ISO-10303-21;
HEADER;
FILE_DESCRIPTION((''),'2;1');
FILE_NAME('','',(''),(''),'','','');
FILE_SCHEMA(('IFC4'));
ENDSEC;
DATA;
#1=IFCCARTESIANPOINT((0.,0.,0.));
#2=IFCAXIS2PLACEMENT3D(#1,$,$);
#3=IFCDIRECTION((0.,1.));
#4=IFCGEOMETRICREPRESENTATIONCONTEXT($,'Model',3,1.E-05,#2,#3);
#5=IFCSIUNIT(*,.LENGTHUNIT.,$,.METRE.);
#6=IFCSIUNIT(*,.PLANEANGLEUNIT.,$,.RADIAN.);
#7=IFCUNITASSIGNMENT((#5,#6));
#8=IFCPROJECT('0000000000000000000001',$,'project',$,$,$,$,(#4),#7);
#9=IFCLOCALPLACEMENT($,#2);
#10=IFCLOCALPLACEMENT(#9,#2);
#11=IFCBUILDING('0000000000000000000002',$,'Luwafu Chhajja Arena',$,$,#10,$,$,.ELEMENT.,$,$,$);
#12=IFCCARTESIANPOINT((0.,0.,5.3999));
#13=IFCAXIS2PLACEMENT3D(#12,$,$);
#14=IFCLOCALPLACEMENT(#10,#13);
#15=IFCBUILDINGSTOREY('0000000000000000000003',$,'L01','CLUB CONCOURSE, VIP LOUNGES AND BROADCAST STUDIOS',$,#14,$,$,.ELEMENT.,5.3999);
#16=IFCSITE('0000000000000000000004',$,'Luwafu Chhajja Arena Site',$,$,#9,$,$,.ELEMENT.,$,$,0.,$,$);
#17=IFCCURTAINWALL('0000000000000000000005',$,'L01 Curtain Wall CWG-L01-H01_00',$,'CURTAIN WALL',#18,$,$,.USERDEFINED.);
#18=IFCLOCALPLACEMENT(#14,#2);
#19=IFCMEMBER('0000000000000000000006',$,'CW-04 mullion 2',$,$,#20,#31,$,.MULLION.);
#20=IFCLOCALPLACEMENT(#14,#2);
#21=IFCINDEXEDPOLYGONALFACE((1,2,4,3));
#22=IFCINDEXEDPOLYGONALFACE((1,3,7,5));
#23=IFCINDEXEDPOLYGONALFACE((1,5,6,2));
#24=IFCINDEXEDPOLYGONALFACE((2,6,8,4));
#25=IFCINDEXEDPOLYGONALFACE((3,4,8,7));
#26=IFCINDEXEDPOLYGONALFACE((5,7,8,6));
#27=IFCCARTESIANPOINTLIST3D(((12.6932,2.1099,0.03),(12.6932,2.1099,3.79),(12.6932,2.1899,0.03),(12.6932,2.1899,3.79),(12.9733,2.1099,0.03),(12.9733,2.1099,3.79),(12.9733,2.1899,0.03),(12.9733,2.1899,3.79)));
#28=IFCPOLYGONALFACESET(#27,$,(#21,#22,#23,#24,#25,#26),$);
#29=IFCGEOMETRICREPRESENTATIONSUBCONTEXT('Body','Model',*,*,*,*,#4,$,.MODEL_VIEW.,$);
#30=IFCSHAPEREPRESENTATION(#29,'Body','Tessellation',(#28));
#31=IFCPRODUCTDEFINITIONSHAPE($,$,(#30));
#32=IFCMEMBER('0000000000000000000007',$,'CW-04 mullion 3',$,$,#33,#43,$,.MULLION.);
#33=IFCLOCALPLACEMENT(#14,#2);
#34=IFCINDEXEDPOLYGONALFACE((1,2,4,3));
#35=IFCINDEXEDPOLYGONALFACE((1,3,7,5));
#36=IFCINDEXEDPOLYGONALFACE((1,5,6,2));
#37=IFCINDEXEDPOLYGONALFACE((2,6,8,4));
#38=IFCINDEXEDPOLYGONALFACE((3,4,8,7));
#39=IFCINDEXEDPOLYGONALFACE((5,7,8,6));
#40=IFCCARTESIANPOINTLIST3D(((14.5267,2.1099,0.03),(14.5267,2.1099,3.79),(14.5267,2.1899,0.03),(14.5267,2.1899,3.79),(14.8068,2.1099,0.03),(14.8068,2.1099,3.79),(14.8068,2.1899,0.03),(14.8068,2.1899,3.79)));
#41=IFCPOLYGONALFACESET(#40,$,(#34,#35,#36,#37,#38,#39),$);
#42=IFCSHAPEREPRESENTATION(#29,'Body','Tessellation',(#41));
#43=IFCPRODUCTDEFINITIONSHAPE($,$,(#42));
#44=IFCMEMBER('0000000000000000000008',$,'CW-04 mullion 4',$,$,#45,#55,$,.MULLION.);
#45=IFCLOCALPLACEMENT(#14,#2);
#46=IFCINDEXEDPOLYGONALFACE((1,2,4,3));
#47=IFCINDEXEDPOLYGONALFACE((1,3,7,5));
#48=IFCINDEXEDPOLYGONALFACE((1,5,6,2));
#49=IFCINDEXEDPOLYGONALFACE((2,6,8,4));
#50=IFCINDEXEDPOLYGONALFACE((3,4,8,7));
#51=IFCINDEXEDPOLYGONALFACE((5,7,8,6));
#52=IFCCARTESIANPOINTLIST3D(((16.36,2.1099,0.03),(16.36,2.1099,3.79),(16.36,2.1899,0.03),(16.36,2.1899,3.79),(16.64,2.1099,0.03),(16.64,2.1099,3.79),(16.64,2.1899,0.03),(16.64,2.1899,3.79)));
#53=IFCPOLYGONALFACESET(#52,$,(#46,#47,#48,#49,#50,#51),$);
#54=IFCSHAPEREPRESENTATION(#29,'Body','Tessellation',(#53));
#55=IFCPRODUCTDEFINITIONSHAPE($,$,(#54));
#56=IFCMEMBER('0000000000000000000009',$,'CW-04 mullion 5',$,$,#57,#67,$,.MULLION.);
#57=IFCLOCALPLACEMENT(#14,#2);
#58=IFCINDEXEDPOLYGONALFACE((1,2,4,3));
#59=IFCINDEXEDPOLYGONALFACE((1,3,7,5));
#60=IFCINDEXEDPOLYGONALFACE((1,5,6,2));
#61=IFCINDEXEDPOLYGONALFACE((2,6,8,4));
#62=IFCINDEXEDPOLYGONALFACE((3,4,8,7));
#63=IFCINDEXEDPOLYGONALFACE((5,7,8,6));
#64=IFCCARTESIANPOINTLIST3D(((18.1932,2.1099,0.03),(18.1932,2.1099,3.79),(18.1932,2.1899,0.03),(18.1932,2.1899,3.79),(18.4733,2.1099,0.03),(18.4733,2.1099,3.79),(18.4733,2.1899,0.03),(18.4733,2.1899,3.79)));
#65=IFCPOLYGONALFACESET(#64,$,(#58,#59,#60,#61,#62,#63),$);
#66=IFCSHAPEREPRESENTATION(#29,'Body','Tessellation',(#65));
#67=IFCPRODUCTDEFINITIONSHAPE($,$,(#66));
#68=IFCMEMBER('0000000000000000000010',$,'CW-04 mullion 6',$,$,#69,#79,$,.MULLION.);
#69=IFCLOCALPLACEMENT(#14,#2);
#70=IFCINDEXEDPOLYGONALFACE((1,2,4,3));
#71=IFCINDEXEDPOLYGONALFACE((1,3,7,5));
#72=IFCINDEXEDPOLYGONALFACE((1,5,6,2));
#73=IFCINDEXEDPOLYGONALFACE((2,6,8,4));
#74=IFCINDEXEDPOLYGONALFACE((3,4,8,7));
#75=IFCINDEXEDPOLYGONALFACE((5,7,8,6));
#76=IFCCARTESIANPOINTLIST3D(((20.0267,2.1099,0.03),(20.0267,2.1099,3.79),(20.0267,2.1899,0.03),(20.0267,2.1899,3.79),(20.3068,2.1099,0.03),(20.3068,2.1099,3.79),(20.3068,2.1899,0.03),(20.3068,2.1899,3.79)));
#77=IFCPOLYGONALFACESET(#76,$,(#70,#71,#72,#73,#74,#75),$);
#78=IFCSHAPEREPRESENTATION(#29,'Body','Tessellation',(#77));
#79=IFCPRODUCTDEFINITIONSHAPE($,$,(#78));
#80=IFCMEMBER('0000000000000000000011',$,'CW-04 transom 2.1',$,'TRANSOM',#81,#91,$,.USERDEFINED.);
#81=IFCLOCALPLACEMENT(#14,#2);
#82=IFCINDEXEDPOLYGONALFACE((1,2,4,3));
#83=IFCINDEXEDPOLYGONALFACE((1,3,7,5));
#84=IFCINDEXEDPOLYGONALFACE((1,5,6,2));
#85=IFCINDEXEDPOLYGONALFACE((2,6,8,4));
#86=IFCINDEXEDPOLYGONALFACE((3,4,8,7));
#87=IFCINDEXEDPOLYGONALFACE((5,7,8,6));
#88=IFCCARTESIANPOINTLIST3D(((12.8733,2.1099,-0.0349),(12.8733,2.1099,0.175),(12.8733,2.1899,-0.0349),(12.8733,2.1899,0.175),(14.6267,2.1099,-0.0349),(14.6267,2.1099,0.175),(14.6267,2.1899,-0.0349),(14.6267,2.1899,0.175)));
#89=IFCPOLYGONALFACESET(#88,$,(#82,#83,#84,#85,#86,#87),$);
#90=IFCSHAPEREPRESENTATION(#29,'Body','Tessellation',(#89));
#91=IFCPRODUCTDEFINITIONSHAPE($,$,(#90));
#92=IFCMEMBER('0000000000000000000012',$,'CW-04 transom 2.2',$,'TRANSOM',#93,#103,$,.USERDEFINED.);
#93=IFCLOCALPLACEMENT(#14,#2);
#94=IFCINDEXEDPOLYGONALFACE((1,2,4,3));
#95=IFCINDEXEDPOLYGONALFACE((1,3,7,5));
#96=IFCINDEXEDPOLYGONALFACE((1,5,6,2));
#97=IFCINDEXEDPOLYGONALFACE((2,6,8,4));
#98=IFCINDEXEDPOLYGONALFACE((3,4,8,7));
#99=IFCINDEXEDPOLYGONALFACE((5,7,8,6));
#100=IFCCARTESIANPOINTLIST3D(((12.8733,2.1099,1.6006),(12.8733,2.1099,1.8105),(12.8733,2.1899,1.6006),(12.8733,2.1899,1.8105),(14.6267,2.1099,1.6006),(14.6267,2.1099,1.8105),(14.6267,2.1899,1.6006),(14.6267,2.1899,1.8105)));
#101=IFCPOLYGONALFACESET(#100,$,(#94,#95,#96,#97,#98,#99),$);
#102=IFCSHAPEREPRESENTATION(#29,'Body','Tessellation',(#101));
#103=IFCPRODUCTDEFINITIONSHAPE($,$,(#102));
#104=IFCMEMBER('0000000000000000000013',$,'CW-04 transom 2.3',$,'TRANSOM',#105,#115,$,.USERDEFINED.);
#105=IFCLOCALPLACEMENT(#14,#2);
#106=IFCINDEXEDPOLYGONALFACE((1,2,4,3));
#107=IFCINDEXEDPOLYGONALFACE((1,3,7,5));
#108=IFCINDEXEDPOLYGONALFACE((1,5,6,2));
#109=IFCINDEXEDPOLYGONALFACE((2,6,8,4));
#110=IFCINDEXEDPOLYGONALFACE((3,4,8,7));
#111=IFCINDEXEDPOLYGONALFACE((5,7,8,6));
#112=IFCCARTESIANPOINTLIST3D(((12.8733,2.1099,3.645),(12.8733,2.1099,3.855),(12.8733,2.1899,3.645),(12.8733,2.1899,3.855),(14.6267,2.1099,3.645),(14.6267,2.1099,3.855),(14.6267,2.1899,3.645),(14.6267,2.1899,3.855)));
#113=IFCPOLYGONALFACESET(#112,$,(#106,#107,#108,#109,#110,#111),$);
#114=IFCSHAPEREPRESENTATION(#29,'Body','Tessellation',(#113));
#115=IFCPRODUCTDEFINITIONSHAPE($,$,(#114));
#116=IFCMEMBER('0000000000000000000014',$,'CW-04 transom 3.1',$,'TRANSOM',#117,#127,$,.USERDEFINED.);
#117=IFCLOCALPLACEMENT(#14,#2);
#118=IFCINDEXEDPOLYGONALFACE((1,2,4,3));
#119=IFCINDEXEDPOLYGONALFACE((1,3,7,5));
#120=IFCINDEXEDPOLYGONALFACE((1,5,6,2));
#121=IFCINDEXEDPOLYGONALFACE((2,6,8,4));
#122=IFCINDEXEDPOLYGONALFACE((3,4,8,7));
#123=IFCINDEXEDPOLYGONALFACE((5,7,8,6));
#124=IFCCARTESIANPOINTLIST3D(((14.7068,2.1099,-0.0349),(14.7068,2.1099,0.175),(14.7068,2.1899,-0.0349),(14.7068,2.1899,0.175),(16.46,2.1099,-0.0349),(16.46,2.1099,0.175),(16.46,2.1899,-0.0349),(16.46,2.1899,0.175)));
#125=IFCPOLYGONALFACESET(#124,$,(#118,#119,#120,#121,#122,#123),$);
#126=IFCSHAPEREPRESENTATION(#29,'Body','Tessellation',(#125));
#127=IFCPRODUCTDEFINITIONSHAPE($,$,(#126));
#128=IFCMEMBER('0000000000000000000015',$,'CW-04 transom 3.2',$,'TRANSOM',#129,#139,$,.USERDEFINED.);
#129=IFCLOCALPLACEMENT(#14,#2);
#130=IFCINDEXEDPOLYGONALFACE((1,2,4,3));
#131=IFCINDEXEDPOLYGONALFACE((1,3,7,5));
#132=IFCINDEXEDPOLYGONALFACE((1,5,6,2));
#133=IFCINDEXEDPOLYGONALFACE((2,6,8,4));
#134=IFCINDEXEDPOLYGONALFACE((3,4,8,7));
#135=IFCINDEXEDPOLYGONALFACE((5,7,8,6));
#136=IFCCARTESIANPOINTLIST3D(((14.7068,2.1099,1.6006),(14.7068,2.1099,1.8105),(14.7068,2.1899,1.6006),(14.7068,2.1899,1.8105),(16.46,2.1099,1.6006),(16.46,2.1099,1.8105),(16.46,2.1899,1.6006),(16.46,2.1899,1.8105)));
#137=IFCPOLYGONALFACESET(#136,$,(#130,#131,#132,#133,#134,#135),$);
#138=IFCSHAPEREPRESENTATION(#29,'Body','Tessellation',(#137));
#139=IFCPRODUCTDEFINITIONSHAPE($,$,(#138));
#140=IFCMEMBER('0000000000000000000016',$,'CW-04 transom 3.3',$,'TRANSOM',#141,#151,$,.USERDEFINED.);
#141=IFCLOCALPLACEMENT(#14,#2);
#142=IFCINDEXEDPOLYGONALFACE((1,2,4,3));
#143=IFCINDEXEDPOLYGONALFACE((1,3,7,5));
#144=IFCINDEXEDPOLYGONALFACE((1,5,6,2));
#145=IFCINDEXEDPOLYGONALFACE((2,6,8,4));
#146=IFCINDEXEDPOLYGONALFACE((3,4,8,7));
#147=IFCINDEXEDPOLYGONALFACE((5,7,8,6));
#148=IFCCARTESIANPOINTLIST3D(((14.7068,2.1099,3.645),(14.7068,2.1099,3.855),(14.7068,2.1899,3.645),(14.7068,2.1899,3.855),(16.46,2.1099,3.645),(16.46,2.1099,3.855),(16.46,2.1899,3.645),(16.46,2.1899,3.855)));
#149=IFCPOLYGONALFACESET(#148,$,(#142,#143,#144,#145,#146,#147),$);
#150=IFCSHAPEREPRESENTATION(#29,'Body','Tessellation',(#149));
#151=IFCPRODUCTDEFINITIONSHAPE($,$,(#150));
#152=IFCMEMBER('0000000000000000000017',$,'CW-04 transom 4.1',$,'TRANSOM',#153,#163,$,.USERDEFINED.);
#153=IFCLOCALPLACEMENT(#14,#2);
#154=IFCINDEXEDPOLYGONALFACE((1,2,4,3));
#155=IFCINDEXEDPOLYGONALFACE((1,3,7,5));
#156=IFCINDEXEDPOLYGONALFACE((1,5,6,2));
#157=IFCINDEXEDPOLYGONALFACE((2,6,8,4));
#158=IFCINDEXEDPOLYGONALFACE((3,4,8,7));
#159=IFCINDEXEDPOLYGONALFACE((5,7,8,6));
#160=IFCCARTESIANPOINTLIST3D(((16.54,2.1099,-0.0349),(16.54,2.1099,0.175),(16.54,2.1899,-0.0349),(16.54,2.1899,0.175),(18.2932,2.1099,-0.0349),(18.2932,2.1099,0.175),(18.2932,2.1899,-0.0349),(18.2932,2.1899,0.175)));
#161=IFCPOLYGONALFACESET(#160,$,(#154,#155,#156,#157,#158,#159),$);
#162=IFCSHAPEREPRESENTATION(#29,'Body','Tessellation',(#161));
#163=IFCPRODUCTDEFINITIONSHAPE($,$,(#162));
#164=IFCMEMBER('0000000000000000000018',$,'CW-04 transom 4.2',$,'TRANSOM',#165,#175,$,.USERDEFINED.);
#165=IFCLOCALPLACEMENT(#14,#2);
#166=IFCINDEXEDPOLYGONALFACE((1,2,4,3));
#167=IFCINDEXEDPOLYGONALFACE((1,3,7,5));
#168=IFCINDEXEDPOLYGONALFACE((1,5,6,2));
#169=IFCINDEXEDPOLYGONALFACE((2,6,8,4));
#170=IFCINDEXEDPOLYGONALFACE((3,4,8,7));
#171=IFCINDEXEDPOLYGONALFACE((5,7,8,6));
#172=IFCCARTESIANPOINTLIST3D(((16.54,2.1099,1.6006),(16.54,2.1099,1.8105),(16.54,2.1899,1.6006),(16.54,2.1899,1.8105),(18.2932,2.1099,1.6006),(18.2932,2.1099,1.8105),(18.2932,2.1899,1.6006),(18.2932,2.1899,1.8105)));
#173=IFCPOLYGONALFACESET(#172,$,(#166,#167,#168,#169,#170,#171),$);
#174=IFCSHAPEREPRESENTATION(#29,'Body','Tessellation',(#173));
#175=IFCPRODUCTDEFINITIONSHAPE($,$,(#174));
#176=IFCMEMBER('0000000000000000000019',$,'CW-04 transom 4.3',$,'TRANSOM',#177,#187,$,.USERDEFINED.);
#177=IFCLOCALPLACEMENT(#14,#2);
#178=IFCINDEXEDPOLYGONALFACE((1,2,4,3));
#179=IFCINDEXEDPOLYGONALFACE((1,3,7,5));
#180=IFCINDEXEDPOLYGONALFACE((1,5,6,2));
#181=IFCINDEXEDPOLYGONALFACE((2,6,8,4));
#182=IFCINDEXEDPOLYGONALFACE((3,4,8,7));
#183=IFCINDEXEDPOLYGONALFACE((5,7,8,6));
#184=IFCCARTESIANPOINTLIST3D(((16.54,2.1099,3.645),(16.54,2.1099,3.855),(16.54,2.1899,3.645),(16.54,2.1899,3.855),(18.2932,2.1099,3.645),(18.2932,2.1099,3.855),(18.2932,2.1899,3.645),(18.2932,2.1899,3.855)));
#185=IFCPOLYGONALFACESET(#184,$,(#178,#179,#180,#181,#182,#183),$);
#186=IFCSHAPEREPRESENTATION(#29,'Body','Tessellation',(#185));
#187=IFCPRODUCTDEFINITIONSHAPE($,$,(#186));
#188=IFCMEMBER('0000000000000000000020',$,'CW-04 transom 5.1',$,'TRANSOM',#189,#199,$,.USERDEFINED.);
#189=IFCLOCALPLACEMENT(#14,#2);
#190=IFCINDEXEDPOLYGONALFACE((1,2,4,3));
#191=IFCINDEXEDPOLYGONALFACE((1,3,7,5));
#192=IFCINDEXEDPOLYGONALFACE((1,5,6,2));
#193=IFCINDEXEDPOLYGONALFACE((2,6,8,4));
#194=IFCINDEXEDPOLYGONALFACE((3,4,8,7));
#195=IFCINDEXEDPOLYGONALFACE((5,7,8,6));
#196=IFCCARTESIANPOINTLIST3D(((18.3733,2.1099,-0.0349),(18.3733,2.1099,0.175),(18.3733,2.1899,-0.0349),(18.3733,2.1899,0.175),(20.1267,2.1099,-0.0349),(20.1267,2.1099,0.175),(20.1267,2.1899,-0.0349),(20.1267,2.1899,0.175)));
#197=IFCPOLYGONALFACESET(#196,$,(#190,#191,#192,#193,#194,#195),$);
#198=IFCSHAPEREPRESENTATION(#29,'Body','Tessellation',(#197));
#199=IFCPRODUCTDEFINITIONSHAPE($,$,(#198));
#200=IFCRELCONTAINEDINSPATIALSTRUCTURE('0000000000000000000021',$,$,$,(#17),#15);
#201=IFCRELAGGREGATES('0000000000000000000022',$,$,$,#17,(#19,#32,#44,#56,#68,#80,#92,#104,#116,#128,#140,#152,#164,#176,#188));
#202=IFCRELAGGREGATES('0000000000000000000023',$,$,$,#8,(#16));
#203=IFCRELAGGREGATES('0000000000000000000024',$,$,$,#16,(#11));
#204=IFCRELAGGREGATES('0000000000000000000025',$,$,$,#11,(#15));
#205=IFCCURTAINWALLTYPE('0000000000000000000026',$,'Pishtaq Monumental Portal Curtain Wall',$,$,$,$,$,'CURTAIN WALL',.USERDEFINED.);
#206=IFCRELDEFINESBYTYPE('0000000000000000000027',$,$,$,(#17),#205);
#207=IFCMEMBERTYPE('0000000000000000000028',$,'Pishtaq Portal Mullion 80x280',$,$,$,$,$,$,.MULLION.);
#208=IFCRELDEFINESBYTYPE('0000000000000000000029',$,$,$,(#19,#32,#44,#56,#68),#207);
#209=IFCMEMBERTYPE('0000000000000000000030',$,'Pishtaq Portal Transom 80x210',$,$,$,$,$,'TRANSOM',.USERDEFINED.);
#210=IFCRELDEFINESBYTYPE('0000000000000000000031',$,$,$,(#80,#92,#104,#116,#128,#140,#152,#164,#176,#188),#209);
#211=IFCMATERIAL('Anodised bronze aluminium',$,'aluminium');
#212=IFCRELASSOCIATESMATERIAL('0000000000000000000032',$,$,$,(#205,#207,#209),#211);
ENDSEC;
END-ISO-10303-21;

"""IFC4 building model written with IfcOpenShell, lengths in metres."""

from ifc_helpers import new_model, si_unit, direction, frame, origin, origin_2d, place, context, subcontext, project, spatial, rectangle, extrude, material, material_profile, profile_set, type_object, element, aggregate, save


model = new_model("IFC4")

# Units and contexts
model_context = context("Model", 3, precision=1e-05, world=origin(), true_north=direction((0.0, 1.0)))
body_context = subcontext(model_context, "Body", "Model", "MODEL_VIEW")
ifc_project = project(units=[si_unit("LENGTHUNIT", "METRE"), si_unit("PLANEANGLEUNIT", "RADIAN")], contexts=[model_context])

# Site, building, storey
site_placement = place(None, origin())
site = spatial("IfcSite", under=ifc_project, at=site_placement, Name="Luwafu Chhajja Arena Site", CompositionType="ELEMENT", RefElevation=0.0)
building_placement = place(site_placement, origin())
building = spatial("IfcBuilding", under=site, at=building_placement, Name="Luwafu Chhajja Arena", CompositionType="ELEMENT")
storey_placement = place(building_placement, frame((0.0, 0.0, 5.3999)))
storey = spatial("IfcBuildingStorey", under=building, at=storey_placement, Name="L01", Description="CLUB CONCOURSE, VIP LOUNGES AND BROADCAST STUDIOS", CompositionType="ELEMENT", Elevation=5.3999)

# Curtain wall, members
ifc_material_1 = material(Name="Anodised bronze aluminium", Category="aluminium")
curtain_wall_type = type_object("IfcCurtainWallType", Name="Pishtaq Monumental Portal Curtain Wall", ElementType="CURTAIN WALL", PredefinedType="USERDEFINED", material=ifc_material_1)
curtain_wall_placement = place(storey_placement, origin())
curtain_wall = element("IfcCurtainWall", 1, at=curtain_wall_placement, inside=storey, type_object=curtain_wall_type, Name="L01 Curtain Wall CWG-L01-H01_00", ObjectType="CURTAIN WALL", PredefinedType="USERDEFINED")
ifc_material_profile_1 = material_profile(ifc_material_1, rectangle(XDim=0.0801, YDim=0.28, at=origin_2d()), Name="CWM 80x280")
ifc_profile_set_1 = profile_set([ifc_material_profile_1], Name="Anodised bronze aluminium")
member_type_1 = type_object("IfcMemberType", Name="Pishtaq Portal Mullion 80x280", PredefinedType="MULLION", material=ifc_profile_set_1)
member_1_placement = place(storey_placement, frame((12.8333, 2.1499, 0.03), z_axis=(0.0, 0.0, 1.0), x_axis=(0.0, 1.0, 0.0)))
member_1 = element("IfcMember", 2, at=member_1_placement, type_object=member_type_1, Name="CW-04 mullion 2", PredefinedType="MULLION", context=body_context, shape_type="SweptSolid", body=[
    extrude(rectangle(XDim=0.0801, YDim=0.28, at=origin_2d()), origin(), (0.0, 0.0, 1.0), 3.76),
])
member_2_placement = place(storey_placement, frame((14.6667, 2.1499, 0.03), z_axis=(0.0, 0.0, 1.0), x_axis=(0.0, 1.0, 0.0)))
member_2 = element("IfcMember", 3, at=member_2_placement, type_object=member_type_1, Name="CW-04 mullion 3", PredefinedType="MULLION", context=body_context, shape_type="SweptSolid", body=[
    extrude(rectangle(XDim=0.0801, YDim=0.28, at=origin_2d()), origin(), (0.0, 0.0, 1.0), 3.76),
])
member_3_placement = place(storey_placement, frame((16.5, 2.1499, 0.03), z_axis=(0.0, 0.0, 1.0), x_axis=(0.0, 1.0, 0.0)))
member_3 = element("IfcMember", 4, at=member_3_placement, type_object=member_type_1, Name="CW-04 mullion 4", PredefinedType="MULLION", context=body_context, shape_type="SweptSolid", body=[
    extrude(rectangle(XDim=0.0801, YDim=0.28, at=origin_2d()), origin(), (0.0, 0.0, 1.0), 3.76),
])
member_4_placement = place(storey_placement, frame((18.3333, 2.1499, 0.03), z_axis=(0.0, 0.0, 1.0), x_axis=(0.0, 1.0, 0.0)))
member_4 = element("IfcMember", 5, at=member_4_placement, type_object=member_type_1, Name="CW-04 mullion 5", PredefinedType="MULLION", context=body_context, shape_type="SweptSolid", body=[
    extrude(rectangle(XDim=0.0801, YDim=0.28, at=origin_2d()), origin(), (0.0, 0.0, 1.0), 3.76),
])
member_5_placement = place(storey_placement, frame((20.1667, 2.1499, 0.03), z_axis=(0.0, 0.0, 1.0), x_axis=(0.0, 1.0, 0.0)))
member_5 = element("IfcMember", 6, at=member_5_placement, type_object=member_type_1, Name="CW-04 mullion 6", PredefinedType="MULLION", context=body_context, shape_type="SweptSolid", body=[
    extrude(rectangle(XDim=0.0801, YDim=0.28, at=origin_2d()), origin(), (0.0, 0.0, 1.0), 3.76),
])
ifc_material_profile_2 = material_profile(ifc_material_1, rectangle(XDim=0.0801, YDim=0.21, at=origin_2d()), Name="CWT 80x210")
ifc_profile_set_2 = profile_set([ifc_material_profile_2], Name="Anodised bronze aluminium")
member_type_2 = type_object("IfcMemberType", Name="Pishtaq Portal Transom 80x210", ElementType="TRANSOM", PredefinedType="USERDEFINED", material=ifc_profile_set_2)
member_6_placement = place(storey_placement, frame((12.8733, 2.1499, 0.0701), z_axis=(1.0, 0.0, 0.0), x_axis=(0.0, 1.0, 0.0)))
member_6 = element("IfcMember", 7, at=member_6_placement, type_object=member_type_2, Name="CW-04 transom 2.1", ObjectType="TRANSOM", PredefinedType="USERDEFINED", context=body_context, shape_type="SweptSolid", body=[
    extrude(rectangle(XDim=0.0801, YDim=0.21, at=origin_2d()), origin(), (0.0, 0.0, 1.0), 1.7534),
])
member_7_placement = place(storey_placement, frame((12.8733, 2.1499, 1.7056), z_axis=(1.0, 0.0, 0.0), x_axis=(0.0, 1.0, 0.0)))
member_7 = element("IfcMember", 8, at=member_7_placement, type_object=member_type_2, Name="CW-04 transom 2.2", ObjectType="TRANSOM", PredefinedType="USERDEFINED", context=body_context, shape_type="SweptSolid", body=[
    extrude(rectangle(XDim=0.0801, YDim=0.21, at=origin_2d()), origin(), (0.0, 0.0, 1.0), 1.7534),
])
member_8_placement = place(storey_placement, frame((12.8733, 2.1499, 3.75), z_axis=(1.0, 0.0, 0.0), x_axis=(0.0, 1.0, 0.0)))
member_8 = element("IfcMember", 9, at=member_8_placement, type_object=member_type_2, Name="CW-04 transom 2.3", ObjectType="TRANSOM", PredefinedType="USERDEFINED", context=body_context, shape_type="SweptSolid", body=[
    extrude(rectangle(XDim=0.0801, YDim=0.21, at=origin_2d()), origin(), (0.0, 0.0, 1.0), 1.7534),
])
member_9_placement = place(storey_placement, frame((14.7068, 2.1499, 0.0701), z_axis=(1.0, 0.0, 0.0), x_axis=(0.0, 1.0, 0.0)))
member_9 = element("IfcMember", 10, at=member_9_placement, type_object=member_type_2, Name="CW-04 transom 3.1", ObjectType="TRANSOM", PredefinedType="USERDEFINED", context=body_context, shape_type="SweptSolid", body=[
    extrude(rectangle(XDim=0.0801, YDim=0.21, at=origin_2d()), origin(), (0.0, 0.0, 1.0), 1.7532),
])
member_10_placement = place(storey_placement, frame((14.7068, 2.1499, 1.7056), z_axis=(1.0, 0.0, 0.0), x_axis=(0.0, 1.0, 0.0)))
member_10 = element("IfcMember", 11, at=member_10_placement, type_object=member_type_2, Name="CW-04 transom 3.2", ObjectType="TRANSOM", PredefinedType="USERDEFINED", context=body_context, shape_type="SweptSolid", body=[
    extrude(rectangle(XDim=0.0801, YDim=0.21, at=origin_2d()), origin(), (0.0, 0.0, 1.0), 1.7532),
])
member_11_placement = place(storey_placement, frame((14.7068, 2.1499, 3.75), z_axis=(1.0, 0.0, 0.0), x_axis=(0.0, 1.0, 0.0)))
member_11 = element("IfcMember", 12, at=member_11_placement, type_object=member_type_2, Name="CW-04 transom 3.3", ObjectType="TRANSOM", PredefinedType="USERDEFINED", context=body_context, shape_type="SweptSolid", body=[
    extrude(rectangle(XDim=0.0801, YDim=0.21, at=origin_2d()), origin(), (0.0, 0.0, 1.0), 1.7532),
])
member_12_placement = place(storey_placement, frame((16.54, 2.1499, 0.0701), z_axis=(1.0, 0.0, 0.0), x_axis=(0.0, 1.0, 0.0)))
member_12 = element("IfcMember", 13, at=member_12_placement, type_object=member_type_2, Name="CW-04 transom 4.1", ObjectType="TRANSOM", PredefinedType="USERDEFINED", context=body_context, shape_type="SweptSolid", body=[
    extrude(rectangle(XDim=0.0801, YDim=0.21, at=origin_2d()), origin(), (0.0, 0.0, 1.0), 1.7532),
])
member_13_placement = place(storey_placement, frame((16.54, 2.1499, 1.7056), z_axis=(1.0, 0.0, 0.0), x_axis=(0.0, 1.0, 0.0)))
member_13 = element("IfcMember", 14, at=member_13_placement, type_object=member_type_2, Name="CW-04 transom 4.2", ObjectType="TRANSOM", PredefinedType="USERDEFINED", context=body_context, shape_type="SweptSolid", body=[
    extrude(rectangle(XDim=0.0801, YDim=0.21, at=origin_2d()), origin(), (0.0, 0.0, 1.0), 1.7532),
])
member_14_placement = place(storey_placement, frame((16.54, 2.1499, 3.75), z_axis=(1.0, 0.0, 0.0), x_axis=(0.0, 1.0, 0.0)))
member_14 = element("IfcMember", 15, at=member_14_placement, type_object=member_type_2, Name="CW-04 transom 4.3", ObjectType="TRANSOM", PredefinedType="USERDEFINED", context=body_context, shape_type="SweptSolid", body=[
    extrude(rectangle(XDim=0.0801, YDim=0.21, at=origin_2d()), origin(), (0.0, 0.0, 1.0), 1.7532),
])
member_15_placement = place(storey_placement, frame((18.3733, 2.1499, 0.0701), z_axis=(1.0, 0.0, 0.0), x_axis=(0.0, 1.0, 0.0)))
member_15 = element("IfcMember", 16, at=member_15_placement, type_object=member_type_2, Name="CW-04 transom 5.1", ObjectType="TRANSOM", PredefinedType="USERDEFINED", context=body_context, shape_type="SweptSolid", body=[
    extrude(rectangle(XDim=0.0801, YDim=0.21, at=origin_2d()), origin(), (0.0, 0.0, 1.0), 1.7534),
])
aggregate(curtain_wall, [member_1, member_2, member_3, member_4, member_5, member_6, member_7, member_8, member_9, member_10, member_11, member_12, member_13, member_14, member_15])

save(model, "model.ifc")
